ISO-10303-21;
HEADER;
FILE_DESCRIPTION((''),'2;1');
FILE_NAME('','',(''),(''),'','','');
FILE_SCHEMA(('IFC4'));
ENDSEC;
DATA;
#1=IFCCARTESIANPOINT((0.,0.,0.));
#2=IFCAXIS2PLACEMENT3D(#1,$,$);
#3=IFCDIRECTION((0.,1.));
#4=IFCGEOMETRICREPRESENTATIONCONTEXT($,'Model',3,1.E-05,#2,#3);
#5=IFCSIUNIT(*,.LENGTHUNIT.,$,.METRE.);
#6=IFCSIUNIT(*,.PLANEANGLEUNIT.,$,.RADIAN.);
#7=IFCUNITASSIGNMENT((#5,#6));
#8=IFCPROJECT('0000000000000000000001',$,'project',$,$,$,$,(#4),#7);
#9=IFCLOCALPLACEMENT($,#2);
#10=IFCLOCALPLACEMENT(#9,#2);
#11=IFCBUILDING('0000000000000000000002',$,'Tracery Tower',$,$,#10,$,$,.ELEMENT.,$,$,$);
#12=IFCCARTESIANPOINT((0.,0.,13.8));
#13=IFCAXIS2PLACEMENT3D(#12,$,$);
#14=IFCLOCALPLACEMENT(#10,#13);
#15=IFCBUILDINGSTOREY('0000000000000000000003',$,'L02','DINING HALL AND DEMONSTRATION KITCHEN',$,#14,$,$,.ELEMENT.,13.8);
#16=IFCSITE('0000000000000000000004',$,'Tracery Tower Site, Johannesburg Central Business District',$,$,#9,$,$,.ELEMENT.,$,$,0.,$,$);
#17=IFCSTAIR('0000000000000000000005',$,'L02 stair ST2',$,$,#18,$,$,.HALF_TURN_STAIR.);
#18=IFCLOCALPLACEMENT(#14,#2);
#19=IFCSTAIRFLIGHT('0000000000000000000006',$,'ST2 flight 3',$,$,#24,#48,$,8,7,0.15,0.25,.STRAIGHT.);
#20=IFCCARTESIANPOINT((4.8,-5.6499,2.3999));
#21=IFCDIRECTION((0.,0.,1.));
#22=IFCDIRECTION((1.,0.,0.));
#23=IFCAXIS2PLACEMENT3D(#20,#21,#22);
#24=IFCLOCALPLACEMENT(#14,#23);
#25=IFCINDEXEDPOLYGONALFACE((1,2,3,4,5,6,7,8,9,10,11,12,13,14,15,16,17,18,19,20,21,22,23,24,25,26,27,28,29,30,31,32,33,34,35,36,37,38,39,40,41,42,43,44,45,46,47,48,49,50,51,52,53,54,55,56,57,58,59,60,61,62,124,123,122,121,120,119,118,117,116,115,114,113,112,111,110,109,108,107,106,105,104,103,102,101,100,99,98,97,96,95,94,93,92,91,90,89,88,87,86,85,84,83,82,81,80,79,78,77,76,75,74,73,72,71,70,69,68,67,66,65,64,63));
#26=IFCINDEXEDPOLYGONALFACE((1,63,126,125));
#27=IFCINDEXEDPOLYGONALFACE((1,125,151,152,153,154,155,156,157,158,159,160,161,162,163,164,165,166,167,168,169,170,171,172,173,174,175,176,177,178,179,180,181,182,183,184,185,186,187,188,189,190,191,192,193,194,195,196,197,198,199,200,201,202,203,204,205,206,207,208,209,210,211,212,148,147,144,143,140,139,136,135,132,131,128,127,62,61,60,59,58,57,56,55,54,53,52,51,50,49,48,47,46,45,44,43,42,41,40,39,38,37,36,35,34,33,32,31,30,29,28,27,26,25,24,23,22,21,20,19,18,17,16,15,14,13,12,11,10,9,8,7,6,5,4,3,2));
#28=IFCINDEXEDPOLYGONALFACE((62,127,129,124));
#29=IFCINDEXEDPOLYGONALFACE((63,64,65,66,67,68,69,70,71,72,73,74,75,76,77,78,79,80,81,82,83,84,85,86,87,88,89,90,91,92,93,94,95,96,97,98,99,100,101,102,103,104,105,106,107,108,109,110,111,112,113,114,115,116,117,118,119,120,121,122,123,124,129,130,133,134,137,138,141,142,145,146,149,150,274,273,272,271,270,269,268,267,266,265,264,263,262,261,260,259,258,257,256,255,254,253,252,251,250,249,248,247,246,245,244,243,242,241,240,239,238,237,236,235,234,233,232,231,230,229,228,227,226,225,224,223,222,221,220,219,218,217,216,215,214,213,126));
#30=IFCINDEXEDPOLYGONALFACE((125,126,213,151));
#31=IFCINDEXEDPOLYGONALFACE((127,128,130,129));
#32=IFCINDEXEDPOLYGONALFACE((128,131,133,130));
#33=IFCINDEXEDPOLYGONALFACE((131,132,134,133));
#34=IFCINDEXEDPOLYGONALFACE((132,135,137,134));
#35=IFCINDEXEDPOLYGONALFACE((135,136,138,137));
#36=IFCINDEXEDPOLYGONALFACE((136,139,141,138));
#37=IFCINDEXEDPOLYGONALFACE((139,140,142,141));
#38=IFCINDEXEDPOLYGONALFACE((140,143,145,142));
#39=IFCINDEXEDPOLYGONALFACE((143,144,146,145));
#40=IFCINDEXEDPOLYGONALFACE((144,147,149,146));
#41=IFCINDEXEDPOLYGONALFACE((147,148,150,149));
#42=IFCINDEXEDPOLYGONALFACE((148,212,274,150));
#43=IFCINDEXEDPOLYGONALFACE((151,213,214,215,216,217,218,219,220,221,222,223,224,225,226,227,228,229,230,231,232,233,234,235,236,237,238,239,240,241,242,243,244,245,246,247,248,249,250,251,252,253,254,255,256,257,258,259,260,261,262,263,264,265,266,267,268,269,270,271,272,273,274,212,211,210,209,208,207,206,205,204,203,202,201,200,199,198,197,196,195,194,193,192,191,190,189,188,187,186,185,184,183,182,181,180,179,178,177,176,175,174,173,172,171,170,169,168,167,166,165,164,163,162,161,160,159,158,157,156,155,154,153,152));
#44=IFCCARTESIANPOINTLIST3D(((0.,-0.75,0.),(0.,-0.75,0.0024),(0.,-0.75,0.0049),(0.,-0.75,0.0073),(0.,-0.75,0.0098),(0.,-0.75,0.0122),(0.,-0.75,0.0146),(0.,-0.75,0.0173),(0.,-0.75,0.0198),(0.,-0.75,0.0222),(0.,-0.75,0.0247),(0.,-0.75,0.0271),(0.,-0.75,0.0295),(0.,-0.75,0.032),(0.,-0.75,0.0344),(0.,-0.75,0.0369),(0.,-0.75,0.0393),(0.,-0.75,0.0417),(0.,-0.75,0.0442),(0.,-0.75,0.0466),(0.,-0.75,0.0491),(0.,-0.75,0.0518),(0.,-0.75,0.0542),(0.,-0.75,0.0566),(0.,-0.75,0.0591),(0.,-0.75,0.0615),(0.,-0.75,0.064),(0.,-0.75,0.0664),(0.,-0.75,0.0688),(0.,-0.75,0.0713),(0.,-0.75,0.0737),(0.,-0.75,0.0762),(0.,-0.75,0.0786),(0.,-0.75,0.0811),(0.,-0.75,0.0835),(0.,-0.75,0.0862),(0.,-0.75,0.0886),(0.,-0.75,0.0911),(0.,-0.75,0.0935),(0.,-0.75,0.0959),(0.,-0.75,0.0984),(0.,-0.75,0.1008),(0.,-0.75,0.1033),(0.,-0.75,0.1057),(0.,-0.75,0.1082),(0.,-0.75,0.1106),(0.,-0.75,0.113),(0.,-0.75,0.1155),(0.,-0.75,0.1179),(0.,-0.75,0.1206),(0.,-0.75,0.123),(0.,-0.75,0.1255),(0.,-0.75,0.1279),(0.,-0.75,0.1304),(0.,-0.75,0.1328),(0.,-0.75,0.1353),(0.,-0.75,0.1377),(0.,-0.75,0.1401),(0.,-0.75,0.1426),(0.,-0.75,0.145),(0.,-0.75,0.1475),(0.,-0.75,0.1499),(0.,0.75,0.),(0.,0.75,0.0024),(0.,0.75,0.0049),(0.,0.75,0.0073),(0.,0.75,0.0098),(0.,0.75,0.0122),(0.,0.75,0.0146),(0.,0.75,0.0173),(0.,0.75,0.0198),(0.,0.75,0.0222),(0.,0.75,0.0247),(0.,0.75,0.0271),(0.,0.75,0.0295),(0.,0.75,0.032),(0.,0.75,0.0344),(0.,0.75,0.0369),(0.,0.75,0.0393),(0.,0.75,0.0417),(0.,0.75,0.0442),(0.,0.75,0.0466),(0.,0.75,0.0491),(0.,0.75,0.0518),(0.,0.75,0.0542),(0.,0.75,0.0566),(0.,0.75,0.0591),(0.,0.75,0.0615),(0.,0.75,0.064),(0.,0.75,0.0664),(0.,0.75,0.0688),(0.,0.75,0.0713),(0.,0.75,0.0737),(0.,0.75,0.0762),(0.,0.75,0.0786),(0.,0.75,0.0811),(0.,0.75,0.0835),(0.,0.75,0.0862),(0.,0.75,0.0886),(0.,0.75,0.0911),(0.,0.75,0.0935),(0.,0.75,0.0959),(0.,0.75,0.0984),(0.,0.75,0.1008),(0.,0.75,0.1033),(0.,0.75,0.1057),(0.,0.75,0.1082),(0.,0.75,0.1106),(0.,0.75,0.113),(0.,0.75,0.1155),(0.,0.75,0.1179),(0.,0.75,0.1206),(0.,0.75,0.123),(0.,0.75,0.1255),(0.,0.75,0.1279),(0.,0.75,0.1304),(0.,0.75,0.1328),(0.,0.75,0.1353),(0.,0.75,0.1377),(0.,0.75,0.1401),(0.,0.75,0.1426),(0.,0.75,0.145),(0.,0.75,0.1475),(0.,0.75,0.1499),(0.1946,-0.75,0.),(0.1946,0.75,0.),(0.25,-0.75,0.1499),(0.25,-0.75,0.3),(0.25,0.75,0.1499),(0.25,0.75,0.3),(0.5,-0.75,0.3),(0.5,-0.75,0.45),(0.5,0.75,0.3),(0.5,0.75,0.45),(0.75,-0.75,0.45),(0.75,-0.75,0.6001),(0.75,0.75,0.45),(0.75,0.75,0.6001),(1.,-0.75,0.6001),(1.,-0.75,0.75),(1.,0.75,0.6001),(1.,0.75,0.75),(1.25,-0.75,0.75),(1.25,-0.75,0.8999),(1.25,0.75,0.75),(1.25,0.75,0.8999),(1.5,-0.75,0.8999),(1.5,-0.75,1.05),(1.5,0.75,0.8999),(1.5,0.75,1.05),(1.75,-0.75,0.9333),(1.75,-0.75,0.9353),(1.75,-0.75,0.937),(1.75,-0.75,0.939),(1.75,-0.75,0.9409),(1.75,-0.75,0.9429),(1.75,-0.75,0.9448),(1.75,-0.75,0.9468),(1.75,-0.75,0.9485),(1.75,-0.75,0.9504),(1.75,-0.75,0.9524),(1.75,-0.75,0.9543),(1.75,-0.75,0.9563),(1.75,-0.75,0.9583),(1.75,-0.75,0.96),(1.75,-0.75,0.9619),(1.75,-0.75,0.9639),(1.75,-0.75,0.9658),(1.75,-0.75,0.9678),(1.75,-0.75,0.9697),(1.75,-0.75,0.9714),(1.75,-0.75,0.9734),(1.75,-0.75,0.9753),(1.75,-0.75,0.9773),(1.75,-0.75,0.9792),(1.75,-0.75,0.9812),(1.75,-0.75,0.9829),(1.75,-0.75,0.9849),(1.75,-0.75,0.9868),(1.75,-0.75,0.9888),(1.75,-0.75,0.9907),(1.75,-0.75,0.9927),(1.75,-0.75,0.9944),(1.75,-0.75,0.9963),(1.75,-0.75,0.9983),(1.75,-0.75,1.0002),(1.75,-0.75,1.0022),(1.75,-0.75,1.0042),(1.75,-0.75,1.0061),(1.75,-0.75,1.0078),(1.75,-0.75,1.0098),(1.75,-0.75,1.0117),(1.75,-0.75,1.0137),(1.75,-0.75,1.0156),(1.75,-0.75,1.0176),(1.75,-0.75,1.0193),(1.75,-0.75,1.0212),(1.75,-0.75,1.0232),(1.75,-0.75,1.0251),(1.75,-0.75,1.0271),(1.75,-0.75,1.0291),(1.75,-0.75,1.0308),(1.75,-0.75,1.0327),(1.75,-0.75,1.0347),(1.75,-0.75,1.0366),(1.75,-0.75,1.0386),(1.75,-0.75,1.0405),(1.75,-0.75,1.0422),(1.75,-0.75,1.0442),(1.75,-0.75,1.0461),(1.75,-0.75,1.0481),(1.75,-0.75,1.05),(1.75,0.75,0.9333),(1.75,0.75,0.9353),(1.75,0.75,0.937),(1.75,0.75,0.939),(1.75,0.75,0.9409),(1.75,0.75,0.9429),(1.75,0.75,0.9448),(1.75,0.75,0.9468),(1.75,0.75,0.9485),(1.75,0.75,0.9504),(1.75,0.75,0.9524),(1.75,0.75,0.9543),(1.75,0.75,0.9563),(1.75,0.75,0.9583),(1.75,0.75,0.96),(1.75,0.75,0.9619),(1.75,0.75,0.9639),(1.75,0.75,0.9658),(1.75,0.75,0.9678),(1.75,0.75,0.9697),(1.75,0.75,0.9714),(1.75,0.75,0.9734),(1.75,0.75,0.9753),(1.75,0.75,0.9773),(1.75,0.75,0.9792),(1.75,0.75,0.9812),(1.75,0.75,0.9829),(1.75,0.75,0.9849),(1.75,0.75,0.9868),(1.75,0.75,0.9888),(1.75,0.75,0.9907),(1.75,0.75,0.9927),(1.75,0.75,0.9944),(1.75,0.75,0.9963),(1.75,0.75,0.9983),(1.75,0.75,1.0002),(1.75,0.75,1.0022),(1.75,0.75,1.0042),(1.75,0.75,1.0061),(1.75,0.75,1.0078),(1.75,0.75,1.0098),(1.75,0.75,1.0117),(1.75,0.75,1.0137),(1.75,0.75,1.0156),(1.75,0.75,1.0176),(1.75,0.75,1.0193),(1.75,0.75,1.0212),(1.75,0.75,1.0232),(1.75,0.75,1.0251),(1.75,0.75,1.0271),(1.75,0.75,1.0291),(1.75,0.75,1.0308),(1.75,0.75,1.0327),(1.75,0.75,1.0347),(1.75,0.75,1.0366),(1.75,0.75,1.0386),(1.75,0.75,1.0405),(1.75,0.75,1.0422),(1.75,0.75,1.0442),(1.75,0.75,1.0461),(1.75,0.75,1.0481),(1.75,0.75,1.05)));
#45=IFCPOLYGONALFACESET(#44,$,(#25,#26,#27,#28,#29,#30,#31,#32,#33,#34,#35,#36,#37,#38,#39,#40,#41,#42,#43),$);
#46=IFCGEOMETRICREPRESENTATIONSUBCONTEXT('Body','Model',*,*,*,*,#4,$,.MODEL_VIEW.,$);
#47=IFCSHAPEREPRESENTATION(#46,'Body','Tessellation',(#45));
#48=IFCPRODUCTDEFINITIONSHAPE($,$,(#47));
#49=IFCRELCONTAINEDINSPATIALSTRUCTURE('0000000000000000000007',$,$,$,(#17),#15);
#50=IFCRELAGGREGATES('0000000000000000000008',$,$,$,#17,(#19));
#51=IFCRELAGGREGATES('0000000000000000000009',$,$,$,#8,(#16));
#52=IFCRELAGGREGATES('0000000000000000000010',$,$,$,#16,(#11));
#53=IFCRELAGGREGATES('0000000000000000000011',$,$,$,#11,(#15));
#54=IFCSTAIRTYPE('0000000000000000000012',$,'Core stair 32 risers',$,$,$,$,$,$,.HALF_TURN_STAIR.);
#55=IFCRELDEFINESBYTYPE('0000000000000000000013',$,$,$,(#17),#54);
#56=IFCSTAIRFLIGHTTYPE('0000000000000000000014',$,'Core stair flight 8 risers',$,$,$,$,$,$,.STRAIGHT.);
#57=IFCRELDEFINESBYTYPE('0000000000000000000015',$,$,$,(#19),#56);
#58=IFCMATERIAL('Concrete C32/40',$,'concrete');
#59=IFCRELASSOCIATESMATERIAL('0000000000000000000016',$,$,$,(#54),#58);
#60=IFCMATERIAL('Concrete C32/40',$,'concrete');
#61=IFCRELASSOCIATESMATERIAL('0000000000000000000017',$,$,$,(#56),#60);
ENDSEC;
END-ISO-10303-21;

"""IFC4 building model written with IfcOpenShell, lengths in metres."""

from ifc_helpers import new_model, si_unit, direction, frame, origin, place, context, subcontext, project, spatial, polyline, outline, extrude, material, type_object, element, aggregate, save


model = new_model("IFC4")

# Units and contexts
model_context = context("Model", 3, precision=1e-05, world=origin(), true_north=direction((0.0, 1.0)))
body_context = subcontext(model_context, "Body", "Model", "MODEL_VIEW")
ifc_project = project(units=[si_unit("LENGTHUNIT", "METRE"), si_unit("PLANEANGLEUNIT", "RADIAN")], contexts=[model_context])

# Site, building, storey
site_placement = place(None, origin())
site = spatial("IfcSite", under=ifc_project, at=site_placement, Name="Tracery Tower Site, Johannesburg Central Business District", CompositionType="ELEMENT", RefElevation=0.0)
building_placement = place(site_placement, origin())
building = spatial("IfcBuilding", under=site, at=building_placement, Name="Tracery Tower", CompositionType="ELEMENT")
storey_placement = place(building_placement, frame((0.0, 0.0, 13.8)))
storey = spatial("IfcBuildingStorey", under=building, at=storey_placement, Name="L02", Description="DINING HALL AND DEMONSTRATION KITCHEN", CompositionType="ELEMENT", Elevation=13.8)

# Stair, stair flight
ifc_material_1 = material(Name="Concrete C32/40", Category="concrete")
stair_type = type_object("IfcStairType", Name="Core stair 32 risers", PredefinedType="HALF_TURN_STAIR", material=ifc_material_1)
stair_placement = place(storey_placement, origin())
stair = element("IfcStair", 1, at=stair_placement, inside=storey, type_object=stair_type, Name="L02 stair ST2", PredefinedType="HALF_TURN_STAIR")
ifc_material_2 = material(Name="Concrete C32/40", Category="concrete")
stair_flight_type = type_object("IfcStairFlightType", Name="Core stair flight 8 risers", PredefinedType="STRAIGHT", material=ifc_material_2)
stair_flight_1_placement = place(storey_placement, frame((4.8, -5.6499, 2.3999), z_axis=(0.0, 0.0, 1.0), x_axis=(1.0, 0.0, 0.0)))
stair_flight_1 = element("IfcStairFlight", 2, at=stair_flight_1_placement, type_object=stair_flight_type, Name="ST2 flight 3", NumberOfRisers=8, NumberOfTreads=7, PredefinedType="STRAIGHT", RiserHeight=0.15, TreadLength=0.25, context=body_context, shape_type="SweptSolid", body=[
    extrude(outline(polyline([(0.0, 0.0), (0.0, 0.0024), (0.0, 0.0049), (0.0, 0.0073), (0.0, 0.0098), (0.0, 0.0122), (0.0, 0.0146), (0.0, 0.0173), (0.0, 0.0198), (0.0, 0.0222), (0.0, 0.0247), (0.0, 0.0271), (0.0, 0.0295), (0.0, 0.032), (0.0, 0.0344), (0.0, 0.0369), (0.0, 0.0393), (0.0, 0.0417), (0.0, 0.0442), (0.0, 0.0466), (0.0, 0.0491), (0.0, 0.0518), (0.0, 0.0542), (0.0, 0.0566), (0.0, 0.0591), (0.0, 0.0615), (0.0, 0.064), (0.0, 0.0664), (0.0, 0.0688), (0.0, 0.0713), (0.0, 0.0737), (0.0, 0.0762), (0.0, 0.0786), (0.0, 0.0811), (0.0, 0.0835), (0.0, 0.0862), (0.0, 0.0886), (0.0, 0.0911), (0.0, 0.0935), (0.0, 0.0959), (0.0, 0.0984), (0.0, 0.1008), (0.0, 0.1033), (0.0, 0.1057), (0.0, 0.1082), (0.0, 0.1106), (0.0, 0.113), (0.0, 0.1155), (0.0, 0.1179), (0.0, 0.1206), (0.0, 0.123), (0.0, 0.1255), (0.0, 0.1279), (0.0, 0.1304), (0.0, 0.1328), (0.0, 0.1353), (0.0, 0.1377), (0.0, 0.1401), (0.0, 0.1426), (0.0, 0.145), (0.0, 0.1475), (0.0, 0.1499), (0.25, 0.1499), (0.25, 0.3), (0.5, 0.3), (0.5, 0.45), (0.75, 0.45), (0.75, 0.6001), (1.0, 0.6001), (1.0, 0.75), (1.25, 0.75), (1.25, 0.8999), (1.5, 0.8999), (1.5, 1.05), (1.75, 1.05), (1.75, 1.0481), (1.75, 1.0461), (1.75, 1.0442), (1.75, 1.0422), (1.75, 1.0405), (1.75, 1.0386), (1.75, 1.0366), (1.75, 1.0347), (1.75, 1.0327), (1.75, 1.0308), (1.75, 1.0291), (1.75, 1.0271), (1.75, 1.0251), (1.75, 1.0232), (1.75, 1.0212), (1.75, 1.0193), (1.75, 1.0176), (1.75, 1.0156), (1.75, 1.0137), (1.75, 1.0117), (1.75, 1.0098), (1.75, 1.0078), (1.75, 1.0061), (1.75, 1.0042), (1.75, 1.0022), (1.75, 1.0002), (1.75, 0.9983), (1.75, 0.9963), (1.75, 0.9944), (1.75, 0.9927), (1.75, 0.9907), (1.75, 0.9888), (1.75, 0.9868), (1.75, 0.9849), (1.75, 0.9829), (1.75, 0.9812), (1.75, 0.9792), (1.75, 0.9773), (1.75, 0.9753), (1.75, 0.9734), (1.75, 0.9714), (1.75, 0.9697), (1.75, 0.9678), (1.75, 0.9658), (1.75, 0.9639), (1.75, 0.9619), (1.75, 0.96), (1.75, 0.9583), (1.75, 0.9563), (1.75, 0.9543), (1.75, 0.9524), (1.75, 0.9504), (1.75, 0.9485), (1.75, 0.9468), (1.75, 0.9448), (1.75, 0.9429), (1.75, 0.9409), (1.75, 0.939), (1.75, 0.937), (1.75, 0.9353), (1.75, 0.9333), (0.1946, 0.0), (0.0, 0.0)])), frame((0.0, 0.75, 0.0), z_axis=(0.0, -1.0, 0.0), x_axis=(1.0, 0.0, 0.0)), (0.0, 0.0, 1.0), 1.5),
])
aggregate(stair, [stair_flight_1])

save(model, "model.ifc")
